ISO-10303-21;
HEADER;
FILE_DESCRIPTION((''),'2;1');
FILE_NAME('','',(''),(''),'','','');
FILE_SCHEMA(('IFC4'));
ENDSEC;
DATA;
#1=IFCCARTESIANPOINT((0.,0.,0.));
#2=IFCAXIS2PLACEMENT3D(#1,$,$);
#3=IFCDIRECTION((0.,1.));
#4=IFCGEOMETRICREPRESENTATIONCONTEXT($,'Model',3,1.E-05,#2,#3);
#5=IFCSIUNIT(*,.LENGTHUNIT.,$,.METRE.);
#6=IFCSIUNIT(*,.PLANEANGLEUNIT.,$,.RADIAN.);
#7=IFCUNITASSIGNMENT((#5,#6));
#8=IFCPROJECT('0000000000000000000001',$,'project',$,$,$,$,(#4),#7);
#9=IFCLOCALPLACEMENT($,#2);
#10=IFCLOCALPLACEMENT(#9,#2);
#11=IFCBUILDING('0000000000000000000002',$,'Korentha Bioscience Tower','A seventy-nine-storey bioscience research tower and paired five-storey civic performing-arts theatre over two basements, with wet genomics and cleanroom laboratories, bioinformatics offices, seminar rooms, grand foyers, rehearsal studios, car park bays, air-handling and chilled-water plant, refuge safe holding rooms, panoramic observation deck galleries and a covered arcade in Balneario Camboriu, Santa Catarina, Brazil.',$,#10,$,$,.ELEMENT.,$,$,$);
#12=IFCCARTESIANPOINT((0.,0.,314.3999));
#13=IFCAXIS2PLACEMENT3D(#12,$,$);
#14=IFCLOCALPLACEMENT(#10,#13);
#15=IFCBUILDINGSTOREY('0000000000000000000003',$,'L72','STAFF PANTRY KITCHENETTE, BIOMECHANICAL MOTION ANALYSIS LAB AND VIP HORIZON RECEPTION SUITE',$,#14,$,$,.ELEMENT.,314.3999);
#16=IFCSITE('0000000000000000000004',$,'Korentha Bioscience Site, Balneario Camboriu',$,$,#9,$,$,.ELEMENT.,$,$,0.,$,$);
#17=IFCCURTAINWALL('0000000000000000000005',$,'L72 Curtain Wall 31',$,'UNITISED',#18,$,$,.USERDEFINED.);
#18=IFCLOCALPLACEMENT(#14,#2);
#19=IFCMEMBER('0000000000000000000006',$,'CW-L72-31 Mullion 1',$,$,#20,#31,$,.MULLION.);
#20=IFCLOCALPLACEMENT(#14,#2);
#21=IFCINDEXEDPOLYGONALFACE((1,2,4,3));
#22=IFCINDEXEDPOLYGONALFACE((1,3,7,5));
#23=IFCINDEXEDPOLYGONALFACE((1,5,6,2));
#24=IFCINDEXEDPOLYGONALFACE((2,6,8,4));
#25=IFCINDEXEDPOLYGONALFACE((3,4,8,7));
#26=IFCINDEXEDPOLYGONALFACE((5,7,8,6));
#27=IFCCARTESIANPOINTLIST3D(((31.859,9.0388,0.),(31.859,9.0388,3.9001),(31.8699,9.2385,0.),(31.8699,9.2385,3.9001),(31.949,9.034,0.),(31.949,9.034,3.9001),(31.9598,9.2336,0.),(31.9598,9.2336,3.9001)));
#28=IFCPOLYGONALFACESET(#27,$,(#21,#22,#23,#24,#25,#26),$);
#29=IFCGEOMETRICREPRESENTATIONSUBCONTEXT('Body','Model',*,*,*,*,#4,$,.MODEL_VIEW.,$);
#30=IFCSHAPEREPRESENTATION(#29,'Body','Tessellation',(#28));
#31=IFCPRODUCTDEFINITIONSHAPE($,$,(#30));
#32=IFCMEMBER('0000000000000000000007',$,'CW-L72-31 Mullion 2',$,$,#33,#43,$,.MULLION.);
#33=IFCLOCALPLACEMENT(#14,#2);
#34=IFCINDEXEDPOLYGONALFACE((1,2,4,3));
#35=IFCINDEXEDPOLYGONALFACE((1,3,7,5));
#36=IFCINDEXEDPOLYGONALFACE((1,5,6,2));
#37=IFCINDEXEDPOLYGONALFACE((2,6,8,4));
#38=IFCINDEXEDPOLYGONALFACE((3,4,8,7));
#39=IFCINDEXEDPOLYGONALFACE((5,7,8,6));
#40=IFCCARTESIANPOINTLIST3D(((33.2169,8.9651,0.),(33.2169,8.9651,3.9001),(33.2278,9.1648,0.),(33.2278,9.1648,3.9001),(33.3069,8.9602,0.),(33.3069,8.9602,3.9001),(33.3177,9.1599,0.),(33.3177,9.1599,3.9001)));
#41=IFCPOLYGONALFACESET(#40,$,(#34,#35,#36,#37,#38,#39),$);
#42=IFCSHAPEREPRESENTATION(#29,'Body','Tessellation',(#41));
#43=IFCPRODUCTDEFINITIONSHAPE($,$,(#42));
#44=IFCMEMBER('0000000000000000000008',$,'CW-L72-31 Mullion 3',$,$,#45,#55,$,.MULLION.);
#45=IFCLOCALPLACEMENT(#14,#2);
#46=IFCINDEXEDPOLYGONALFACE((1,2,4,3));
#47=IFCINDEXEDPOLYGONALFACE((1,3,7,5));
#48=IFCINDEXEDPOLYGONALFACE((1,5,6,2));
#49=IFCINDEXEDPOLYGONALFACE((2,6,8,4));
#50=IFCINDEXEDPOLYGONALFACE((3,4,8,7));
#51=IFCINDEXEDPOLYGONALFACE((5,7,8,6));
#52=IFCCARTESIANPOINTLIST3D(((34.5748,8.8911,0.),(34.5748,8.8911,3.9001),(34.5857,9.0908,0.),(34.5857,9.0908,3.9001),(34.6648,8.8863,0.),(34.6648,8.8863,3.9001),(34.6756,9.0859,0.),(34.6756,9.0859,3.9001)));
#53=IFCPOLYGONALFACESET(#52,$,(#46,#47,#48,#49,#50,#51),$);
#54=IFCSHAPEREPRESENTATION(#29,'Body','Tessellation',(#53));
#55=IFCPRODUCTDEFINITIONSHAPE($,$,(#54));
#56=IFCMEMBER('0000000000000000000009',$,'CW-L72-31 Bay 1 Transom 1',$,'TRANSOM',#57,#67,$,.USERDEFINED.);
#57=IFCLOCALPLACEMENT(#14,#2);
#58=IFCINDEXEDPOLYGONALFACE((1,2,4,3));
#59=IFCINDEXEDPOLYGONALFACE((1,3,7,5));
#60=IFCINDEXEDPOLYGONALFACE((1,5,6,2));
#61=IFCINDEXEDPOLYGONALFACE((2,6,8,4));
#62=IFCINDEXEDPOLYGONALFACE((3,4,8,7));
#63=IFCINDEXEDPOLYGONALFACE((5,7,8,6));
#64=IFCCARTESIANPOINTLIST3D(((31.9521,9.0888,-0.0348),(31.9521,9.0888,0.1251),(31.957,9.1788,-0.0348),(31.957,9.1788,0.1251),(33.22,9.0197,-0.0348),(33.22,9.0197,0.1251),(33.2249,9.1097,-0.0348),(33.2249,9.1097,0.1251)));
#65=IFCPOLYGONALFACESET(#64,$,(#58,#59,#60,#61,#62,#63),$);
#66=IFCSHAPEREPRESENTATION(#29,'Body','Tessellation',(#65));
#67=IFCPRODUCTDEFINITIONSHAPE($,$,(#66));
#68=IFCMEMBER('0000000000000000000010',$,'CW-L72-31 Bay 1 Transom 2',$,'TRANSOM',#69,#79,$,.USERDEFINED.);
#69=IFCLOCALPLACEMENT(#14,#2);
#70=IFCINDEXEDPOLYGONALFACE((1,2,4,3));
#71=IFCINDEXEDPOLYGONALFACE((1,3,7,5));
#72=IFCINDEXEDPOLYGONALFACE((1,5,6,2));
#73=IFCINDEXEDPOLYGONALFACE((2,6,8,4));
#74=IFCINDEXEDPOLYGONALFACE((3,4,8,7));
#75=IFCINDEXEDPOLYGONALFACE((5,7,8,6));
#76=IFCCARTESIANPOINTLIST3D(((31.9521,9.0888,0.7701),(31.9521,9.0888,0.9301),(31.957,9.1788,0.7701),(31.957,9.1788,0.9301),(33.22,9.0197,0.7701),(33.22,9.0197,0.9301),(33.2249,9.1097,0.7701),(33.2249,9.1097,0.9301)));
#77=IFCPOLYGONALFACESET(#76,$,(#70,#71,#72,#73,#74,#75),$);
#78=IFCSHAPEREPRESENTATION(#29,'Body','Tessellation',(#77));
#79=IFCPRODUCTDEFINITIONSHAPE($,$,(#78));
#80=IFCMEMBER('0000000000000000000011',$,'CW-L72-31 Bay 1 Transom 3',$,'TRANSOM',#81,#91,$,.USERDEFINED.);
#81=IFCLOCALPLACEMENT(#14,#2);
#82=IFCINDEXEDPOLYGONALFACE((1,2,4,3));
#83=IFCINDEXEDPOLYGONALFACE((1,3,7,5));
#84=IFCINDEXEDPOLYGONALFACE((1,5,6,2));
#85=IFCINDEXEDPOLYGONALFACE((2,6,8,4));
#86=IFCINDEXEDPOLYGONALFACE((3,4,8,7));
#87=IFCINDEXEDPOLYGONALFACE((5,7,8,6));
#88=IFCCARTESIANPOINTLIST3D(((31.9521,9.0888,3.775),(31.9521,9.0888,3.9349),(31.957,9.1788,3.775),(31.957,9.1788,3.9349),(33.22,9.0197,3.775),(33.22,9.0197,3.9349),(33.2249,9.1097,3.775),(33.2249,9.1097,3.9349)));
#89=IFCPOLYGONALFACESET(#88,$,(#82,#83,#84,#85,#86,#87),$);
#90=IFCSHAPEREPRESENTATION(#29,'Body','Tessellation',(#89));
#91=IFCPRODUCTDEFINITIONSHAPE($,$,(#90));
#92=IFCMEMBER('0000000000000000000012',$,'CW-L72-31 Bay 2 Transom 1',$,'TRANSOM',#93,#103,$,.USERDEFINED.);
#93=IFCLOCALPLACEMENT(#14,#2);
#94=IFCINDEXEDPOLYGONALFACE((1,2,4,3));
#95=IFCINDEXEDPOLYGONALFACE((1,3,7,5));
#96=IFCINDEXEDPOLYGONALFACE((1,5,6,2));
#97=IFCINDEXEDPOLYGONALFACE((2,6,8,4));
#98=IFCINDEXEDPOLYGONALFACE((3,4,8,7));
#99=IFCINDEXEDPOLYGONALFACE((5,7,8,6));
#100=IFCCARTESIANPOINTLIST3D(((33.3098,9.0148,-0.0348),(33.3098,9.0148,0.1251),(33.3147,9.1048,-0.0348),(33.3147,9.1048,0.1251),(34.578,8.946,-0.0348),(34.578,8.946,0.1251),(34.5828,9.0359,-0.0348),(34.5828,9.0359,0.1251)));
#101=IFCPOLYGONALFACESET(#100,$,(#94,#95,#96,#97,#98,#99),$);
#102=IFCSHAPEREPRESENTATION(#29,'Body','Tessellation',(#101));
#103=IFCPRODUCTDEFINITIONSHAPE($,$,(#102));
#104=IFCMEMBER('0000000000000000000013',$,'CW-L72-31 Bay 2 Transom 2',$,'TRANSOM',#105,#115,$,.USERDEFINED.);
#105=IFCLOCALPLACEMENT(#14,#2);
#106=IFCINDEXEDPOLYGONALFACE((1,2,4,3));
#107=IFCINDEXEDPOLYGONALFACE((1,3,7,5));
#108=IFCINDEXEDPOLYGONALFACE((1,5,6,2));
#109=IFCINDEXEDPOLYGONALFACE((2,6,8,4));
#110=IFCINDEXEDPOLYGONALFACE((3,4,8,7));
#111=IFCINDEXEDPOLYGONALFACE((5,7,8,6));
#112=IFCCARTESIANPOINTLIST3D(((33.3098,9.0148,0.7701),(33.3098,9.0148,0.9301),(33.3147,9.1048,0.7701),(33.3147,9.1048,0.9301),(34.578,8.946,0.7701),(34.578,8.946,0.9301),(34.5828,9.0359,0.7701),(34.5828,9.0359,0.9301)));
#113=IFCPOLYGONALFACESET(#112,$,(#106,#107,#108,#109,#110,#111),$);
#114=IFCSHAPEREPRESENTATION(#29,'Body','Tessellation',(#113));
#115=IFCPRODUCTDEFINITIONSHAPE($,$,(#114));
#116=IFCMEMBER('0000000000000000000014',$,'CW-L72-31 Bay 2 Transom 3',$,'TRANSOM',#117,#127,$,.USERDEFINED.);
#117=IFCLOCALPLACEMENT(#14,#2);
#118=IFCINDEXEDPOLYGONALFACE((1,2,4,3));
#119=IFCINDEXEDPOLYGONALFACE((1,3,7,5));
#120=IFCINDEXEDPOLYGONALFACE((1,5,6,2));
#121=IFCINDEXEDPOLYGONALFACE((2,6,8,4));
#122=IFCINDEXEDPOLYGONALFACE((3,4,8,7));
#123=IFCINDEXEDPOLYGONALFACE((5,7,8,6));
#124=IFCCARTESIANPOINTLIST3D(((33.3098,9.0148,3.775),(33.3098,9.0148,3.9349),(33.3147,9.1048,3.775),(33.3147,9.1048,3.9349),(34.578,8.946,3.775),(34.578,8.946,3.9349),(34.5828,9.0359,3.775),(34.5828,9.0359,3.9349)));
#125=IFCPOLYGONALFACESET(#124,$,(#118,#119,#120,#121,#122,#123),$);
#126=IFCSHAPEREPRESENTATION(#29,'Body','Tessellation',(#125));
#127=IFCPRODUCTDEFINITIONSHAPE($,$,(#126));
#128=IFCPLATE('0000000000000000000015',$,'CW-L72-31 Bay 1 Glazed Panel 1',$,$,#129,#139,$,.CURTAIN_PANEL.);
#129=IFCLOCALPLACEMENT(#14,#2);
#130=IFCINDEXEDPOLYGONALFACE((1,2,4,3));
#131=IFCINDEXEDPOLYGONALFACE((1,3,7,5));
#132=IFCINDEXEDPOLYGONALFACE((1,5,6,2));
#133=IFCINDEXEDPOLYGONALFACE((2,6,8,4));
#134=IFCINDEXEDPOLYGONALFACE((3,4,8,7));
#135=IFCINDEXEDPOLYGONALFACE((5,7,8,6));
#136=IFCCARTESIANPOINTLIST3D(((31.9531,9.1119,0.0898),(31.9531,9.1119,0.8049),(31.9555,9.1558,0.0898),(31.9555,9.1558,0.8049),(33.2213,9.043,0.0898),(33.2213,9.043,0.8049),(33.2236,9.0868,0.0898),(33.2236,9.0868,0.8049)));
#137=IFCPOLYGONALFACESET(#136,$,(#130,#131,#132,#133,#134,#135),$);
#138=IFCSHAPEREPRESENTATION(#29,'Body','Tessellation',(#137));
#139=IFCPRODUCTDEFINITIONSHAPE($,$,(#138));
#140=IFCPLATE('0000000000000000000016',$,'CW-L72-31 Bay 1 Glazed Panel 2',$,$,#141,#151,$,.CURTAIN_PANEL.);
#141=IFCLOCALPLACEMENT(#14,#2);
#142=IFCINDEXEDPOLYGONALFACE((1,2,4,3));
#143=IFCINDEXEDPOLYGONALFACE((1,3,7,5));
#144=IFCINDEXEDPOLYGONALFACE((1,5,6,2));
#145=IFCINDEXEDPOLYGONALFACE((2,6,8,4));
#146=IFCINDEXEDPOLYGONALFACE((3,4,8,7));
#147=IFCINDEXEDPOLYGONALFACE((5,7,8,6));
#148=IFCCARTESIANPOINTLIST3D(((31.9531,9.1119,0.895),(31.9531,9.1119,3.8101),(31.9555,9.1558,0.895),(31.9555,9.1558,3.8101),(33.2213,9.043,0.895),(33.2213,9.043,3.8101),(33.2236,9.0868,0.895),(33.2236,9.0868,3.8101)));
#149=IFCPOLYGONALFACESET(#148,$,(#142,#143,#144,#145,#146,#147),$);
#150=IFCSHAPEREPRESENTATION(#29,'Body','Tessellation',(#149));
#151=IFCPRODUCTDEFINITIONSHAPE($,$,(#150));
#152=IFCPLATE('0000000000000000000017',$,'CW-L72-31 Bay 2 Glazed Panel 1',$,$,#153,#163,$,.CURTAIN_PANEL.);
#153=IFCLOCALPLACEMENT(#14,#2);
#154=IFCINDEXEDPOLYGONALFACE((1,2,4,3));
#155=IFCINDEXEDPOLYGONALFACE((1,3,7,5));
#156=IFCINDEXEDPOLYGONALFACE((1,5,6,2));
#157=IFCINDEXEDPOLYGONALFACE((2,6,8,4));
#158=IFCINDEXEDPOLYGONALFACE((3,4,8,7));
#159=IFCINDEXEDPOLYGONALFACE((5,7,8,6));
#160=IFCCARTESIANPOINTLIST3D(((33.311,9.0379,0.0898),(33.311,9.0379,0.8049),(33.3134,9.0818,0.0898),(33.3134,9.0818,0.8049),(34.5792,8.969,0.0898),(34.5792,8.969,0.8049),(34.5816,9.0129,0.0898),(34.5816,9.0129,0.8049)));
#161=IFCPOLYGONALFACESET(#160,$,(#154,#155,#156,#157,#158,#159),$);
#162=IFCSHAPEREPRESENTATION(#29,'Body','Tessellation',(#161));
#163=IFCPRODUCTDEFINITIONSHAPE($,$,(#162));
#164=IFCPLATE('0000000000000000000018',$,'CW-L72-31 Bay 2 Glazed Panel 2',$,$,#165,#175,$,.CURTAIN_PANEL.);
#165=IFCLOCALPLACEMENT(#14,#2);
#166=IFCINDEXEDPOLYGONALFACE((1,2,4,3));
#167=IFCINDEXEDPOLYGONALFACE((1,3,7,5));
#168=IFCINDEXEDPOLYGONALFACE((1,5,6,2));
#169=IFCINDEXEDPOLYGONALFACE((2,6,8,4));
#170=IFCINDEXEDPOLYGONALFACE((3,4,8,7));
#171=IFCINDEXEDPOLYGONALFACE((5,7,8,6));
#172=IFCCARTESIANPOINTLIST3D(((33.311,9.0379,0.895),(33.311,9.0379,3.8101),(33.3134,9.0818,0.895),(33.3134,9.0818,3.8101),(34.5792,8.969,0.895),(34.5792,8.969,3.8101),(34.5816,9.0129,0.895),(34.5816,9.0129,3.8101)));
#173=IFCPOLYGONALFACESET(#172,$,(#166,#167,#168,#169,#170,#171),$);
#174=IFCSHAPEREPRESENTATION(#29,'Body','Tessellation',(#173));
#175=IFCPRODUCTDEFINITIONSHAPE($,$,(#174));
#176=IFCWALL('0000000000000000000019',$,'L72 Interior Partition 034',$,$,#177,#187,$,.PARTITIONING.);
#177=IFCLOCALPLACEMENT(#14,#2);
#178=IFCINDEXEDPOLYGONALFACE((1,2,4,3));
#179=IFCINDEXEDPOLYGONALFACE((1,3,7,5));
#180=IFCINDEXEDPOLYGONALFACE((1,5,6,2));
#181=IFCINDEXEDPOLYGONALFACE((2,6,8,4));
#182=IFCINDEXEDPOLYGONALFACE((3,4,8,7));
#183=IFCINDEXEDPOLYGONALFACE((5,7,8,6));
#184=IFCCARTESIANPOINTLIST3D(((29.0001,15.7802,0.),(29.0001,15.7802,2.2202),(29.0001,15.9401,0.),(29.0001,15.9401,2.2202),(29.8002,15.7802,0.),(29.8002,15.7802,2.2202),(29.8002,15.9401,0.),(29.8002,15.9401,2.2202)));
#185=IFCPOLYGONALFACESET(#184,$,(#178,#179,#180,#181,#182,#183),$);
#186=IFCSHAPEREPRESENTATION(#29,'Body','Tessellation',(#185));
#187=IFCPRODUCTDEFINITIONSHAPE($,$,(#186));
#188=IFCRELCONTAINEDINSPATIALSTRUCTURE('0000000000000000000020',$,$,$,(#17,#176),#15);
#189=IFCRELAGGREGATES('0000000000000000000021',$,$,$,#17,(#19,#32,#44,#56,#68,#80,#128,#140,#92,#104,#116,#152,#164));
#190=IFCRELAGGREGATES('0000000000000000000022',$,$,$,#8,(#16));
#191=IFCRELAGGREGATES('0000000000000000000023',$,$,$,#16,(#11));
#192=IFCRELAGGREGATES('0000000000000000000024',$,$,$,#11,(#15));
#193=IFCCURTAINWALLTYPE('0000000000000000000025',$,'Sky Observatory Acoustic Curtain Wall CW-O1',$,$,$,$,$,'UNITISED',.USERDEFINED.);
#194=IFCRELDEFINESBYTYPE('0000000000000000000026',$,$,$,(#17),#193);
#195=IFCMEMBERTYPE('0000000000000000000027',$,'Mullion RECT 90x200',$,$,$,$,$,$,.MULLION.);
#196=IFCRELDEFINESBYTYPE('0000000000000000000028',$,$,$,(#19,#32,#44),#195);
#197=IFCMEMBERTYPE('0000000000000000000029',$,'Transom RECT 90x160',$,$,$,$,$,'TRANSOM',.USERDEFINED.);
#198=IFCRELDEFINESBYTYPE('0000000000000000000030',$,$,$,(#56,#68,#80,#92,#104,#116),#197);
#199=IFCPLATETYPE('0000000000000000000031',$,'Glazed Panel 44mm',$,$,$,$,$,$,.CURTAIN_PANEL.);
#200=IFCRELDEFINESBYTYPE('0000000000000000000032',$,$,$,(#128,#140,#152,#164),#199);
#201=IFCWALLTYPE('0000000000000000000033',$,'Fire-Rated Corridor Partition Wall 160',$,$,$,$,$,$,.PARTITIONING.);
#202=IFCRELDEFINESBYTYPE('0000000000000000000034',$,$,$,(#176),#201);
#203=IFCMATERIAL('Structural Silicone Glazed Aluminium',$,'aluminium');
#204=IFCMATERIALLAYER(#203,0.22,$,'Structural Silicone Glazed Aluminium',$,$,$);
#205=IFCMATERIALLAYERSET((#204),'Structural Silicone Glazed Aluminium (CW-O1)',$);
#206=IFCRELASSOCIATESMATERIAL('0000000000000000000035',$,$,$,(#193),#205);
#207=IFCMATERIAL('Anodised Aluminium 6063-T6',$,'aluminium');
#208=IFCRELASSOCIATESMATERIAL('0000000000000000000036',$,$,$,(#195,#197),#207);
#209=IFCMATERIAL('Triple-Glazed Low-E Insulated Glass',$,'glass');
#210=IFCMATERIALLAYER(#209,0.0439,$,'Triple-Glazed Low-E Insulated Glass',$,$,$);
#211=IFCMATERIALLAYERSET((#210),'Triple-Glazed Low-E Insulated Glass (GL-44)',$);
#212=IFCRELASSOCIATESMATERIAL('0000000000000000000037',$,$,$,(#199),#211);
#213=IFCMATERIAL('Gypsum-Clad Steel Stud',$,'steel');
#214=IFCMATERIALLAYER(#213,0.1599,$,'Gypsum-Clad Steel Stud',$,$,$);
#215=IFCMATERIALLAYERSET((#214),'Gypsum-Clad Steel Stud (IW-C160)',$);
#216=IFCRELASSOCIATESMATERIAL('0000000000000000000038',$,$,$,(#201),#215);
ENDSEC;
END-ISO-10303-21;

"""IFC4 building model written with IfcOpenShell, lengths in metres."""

from ifc_helpers import new_model, si_unit, direction, frame, frame_2d, origin, origin_2d, place, context, subcontext, project, spatial, rectangle, extrude, material, layer, layer_set, material_profile, profile_set, type_object, element, aggregate, save


model = new_model("IFC4")

# Units and contexts
model_context = context("Model", 3, precision=1e-05, world=origin(), true_north=direction((0.0, 1.0)))
body_context = subcontext(model_context, "Body", "Model", "MODEL_VIEW")
ifc_project = project(units=[si_unit("LENGTHUNIT", "METRE"), si_unit("PLANEANGLEUNIT", "RADIAN")], contexts=[model_context])

# Site, building, storey
site_placement = place(None, origin())
site = spatial("IfcSite", under=ifc_project, at=site_placement, Name="Korentha Bioscience Site, Balneario Camboriu", CompositionType="ELEMENT", RefElevation=0.0)
building_placement = place(site_placement, origin())
building = spatial("IfcBuilding", under=site, at=building_placement, Name="Korentha Bioscience Tower", Description="A seventy-nine-storey bioscience research tower and paired five-storey civic performing-arts theatre over two basements, with wet genomics and cleanroom laboratories, bioinformatics offices, seminar rooms, grand foyers, rehearsal studios, car park bays, air-handling and chilled-water plant, refuge safe holding rooms, panoramic observation deck galleries and a covered arcade in Balneario Camboriu, Santa Catarina, Brazil.", CompositionType="ELEMENT")
storey_placement = place(building_placement, frame((0.0, 0.0, 314.3999)))
storey = spatial("IfcBuildingStorey", under=building, at=storey_placement, Name="L72", Description="STAFF PANTRY KITCHENETTE, BIOMECHANICAL MOTION ANALYSIS LAB AND VIP HORIZON RECEPTION SUITE", CompositionType="ELEMENT", Elevation=314.3999)

# Curtain wall, members, plates
ifc_material_1 = material(Name="Structural Silicone Glazed Aluminium", Category="aluminium")
ifc_layer_1 = layer(ifc_material_1, 0.22, Name="Structural Silicone Glazed Aluminium")
ifc_layer_set_1 = layer_set([ifc_layer_1], Name="Structural Silicone Glazed Aluminium (CW-O1)")
curtain_wall_type = type_object("IfcCurtainWallType", Name="Sky Observatory Acoustic Curtain Wall CW-O1", ElementType="UNITISED", PredefinedType="USERDEFINED", material=ifc_layer_set_1)
curtain_wall_placement = place(storey_placement, origin())
curtain_wall = element("IfcCurtainWall", 1, at=curtain_wall_placement, inside=storey, type_object=curtain_wall_type, Name="L72 Curtain Wall 31", ObjectType="UNITISED", PredefinedType="USERDEFINED")
ifc_material_2 = material(Name="Anodised Aluminium 6063-T6", Category="aluminium")
ifc_material_profile_1 = material_profile(ifc_material_2, rectangle(XDim=0.0901, YDim=0.2, at=origin_2d()), Name="Anodised Aluminium 6063-T6")
ifc_profile_set_1 = profile_set([ifc_material_profile_1], Name="Anodised Aluminium 6063-T6 (CW-MUL)")
member_type_1 = type_object("IfcMemberType", Name="Mullion RECT 90x200", PredefinedType="MULLION", material=ifc_profile_set_1)
member_1_placement = place(storey_placement, frame((31.9094, 9.1362, 0.0), z_axis=(0.0, 0.0, 1.0), x_axis=(0.998526, -0.054275, 0.0)))
member_1 = element("IfcMember", 2, at=member_1_placement, type_object=member_type_1, Name="CW-L72-31 Mullion 1", PredefinedType="MULLION", context=body_context, shape_type="SweptSolid", body=[
    extrude(rectangle(XDim=0.0901, YDim=0.2, at=origin_2d()), origin(), (0.0, 0.0, 1.0), 3.9001),
])
member_2_placement = place(storey_placement, frame((33.2673, 9.0625, 0.0), z_axis=(0.0, 0.0, 1.0), x_axis=(0.998526, -0.054275, 0.0)))
member_2 = element("IfcMember", 3, at=member_2_placement, type_object=member_type_1, Name="CW-L72-31 Mullion 2", PredefinedType="MULLION", context=body_context, shape_type="SweptSolid", body=[
    extrude(rectangle(XDim=0.0901, YDim=0.2, at=origin_2d()), origin(), (0.0, 0.0, 1.0), 3.9001),
])
member_3_placement = place(storey_placement, frame((34.6252, 8.9885, 0.0), z_axis=(0.0, 0.0, 1.0), x_axis=(0.998526, -0.054275, 0.0)))
member_3 = element("IfcMember", 4, at=member_3_placement, type_object=member_type_1, Name="CW-L72-31 Mullion 3", PredefinedType="MULLION", context=body_context, shape_type="SweptSolid", body=[
    extrude(rectangle(XDim=0.0901, YDim=0.2, at=origin_2d()), origin(), (0.0, 0.0, 1.0), 3.9001),
])
ifc_material_profile_2 = material_profile(ifc_material_2, rectangle(XDim=0.0901, YDim=0.1599, at=origin_2d()), Name="Anodised Aluminium 6063-T6")
ifc_profile_set_2 = profile_set([ifc_material_profile_2], Name="Anodised Aluminium 6063-T6 (CW-TRN)")
member_type_2 = type_object("IfcMemberType", Name="Transom RECT 90x160", ElementType="TRANSOM", PredefinedType="USERDEFINED", material=ifc_profile_set_2)
member_4_placement = place(storey_placement, frame((31.9546, 9.1338, 0.0452), z_axis=(0.998518, -0.054416, 0.0), x_axis=(0.054416, 0.998518, 0.0)))
member_4 = element("IfcMember", 5, at=member_4_placement, type_object=member_type_2, Name="CW-L72-31 Bay 1 Transom 1", ObjectType="TRANSOM", PredefinedType="USERDEFINED", context=body_context, shape_type="SweptSolid", body=[
    extrude(rectangle(XDim=0.0901, YDim=0.1599, at=origin_2d()), origin(), (0.0, 0.0, 1.0), 1.2698),
])
member_5_placement = place(storey_placement, frame((31.9546, 9.1338, 0.8501), z_axis=(0.998518, -0.054416, 0.0), x_axis=(0.054416, 0.998518, 0.0)))
member_5 = element("IfcMember", 6, at=member_5_placement, type_object=member_type_2, Name="CW-L72-31 Bay 1 Transom 2", ObjectType="TRANSOM", PredefinedType="USERDEFINED", context=body_context, shape_type="SweptSolid", body=[
    extrude(rectangle(XDim=0.0901, YDim=0.1599, at=origin_2d()), origin(), (0.0, 0.0, 1.0), 1.2698),
])
member_6_placement = place(storey_placement, frame((31.9546, 9.1338, 3.855), z_axis=(0.998518, -0.054416, 0.0), x_axis=(0.054416, 0.998518, 0.0)))
member_6 = element("IfcMember", 7, at=member_6_placement, type_object=member_type_2, Name="CW-L72-31 Bay 1 Transom 3", ObjectType="TRANSOM", PredefinedType="USERDEFINED", context=body_context, shape_type="SweptSolid", body=[
    extrude(rectangle(XDim=0.0901, YDim=0.1599, at=origin_2d()), origin(), (0.0, 0.0, 1.0), 1.2698),
])
member_7_placement = place(storey_placement, frame((33.3123, 9.0598, 0.0452), z_axis=(0.998529, -0.054214, 0.0), x_axis=(0.054214, 0.998529, 0.0)))
member_7 = element("IfcMember", 8, at=member_7_placement, type_object=member_type_2, Name="CW-L72-31 Bay 2 Transom 1", ObjectType="TRANSOM", PredefinedType="USERDEFINED", context=body_context, shape_type="SweptSolid", body=[
    extrude(rectangle(XDim=0.0901, YDim=0.1599, at=origin_2d()), origin(), (0.0, 0.0, 1.0), 1.27),
])
member_8_placement = place(storey_placement, frame((33.3123, 9.0598, 0.8501), z_axis=(0.998529, -0.054214, 0.0), x_axis=(0.054214, 0.998529, 0.0)))
member_8 = element("IfcMember", 9, at=member_8_placement, type_object=member_type_2, Name="CW-L72-31 Bay 2 Transom 2", ObjectType="TRANSOM", PredefinedType="USERDEFINED", context=body_context, shape_type="SweptSolid", body=[
    extrude(rectangle(XDim=0.0901, YDim=0.1599, at=origin_2d()), origin(), (0.0, 0.0, 1.0), 1.27),
])
member_9_placement = place(storey_placement, frame((33.3123, 9.0598, 3.855), z_axis=(0.998529, -0.054214, 0.0), x_axis=(0.054214, 0.998529, 0.0)))
member_9 = element("IfcMember", 10, at=member_9_placement, type_object=member_type_2, Name="CW-L72-31 Bay 2 Transom 3", ObjectType="TRANSOM", PredefinedType="USERDEFINED", context=body_context, shape_type="SweptSolid", body=[
    extrude(rectangle(XDim=0.0901, YDim=0.1599, at=origin_2d()), origin(), (0.0, 0.0, 1.0), 1.27),
])
ifc_material_3 = material(Name="Triple-Glazed Low-E Insulated Glass", Category="glass")
ifc_layer_2 = layer(ifc_material_3, 0.0439, Name="Triple-Glazed Low-E Insulated Glass")
ifc_layer_set_2 = layer_set([ifc_layer_2], Name="Triple-Glazed Low-E Insulated Glass (GL-44)")
plate_type = type_object("IfcPlateType", Name="Glazed Panel 44mm", PredefinedType="CURTAIN_PANEL", material=ifc_layer_set_2)
plate_1_placement = place(storey_placement, frame((32.5884, 9.0994, 0.0898), z_axis=(0.0, 0.0, 1.0), x_axis=(0.998526, -0.054275, 0.0)))
plate_1 = element("IfcPlate", 11, at=plate_1_placement, type_object=plate_type, Name="CW-L72-31 Bay 1 Glazed Panel 1", PredefinedType="CURTAIN_PANEL", context=body_context, shape_type="SweptSolid", body=[
    extrude(rectangle(XDim=1.27, YDim=0.0439, at=origin_2d()), origin(), (0.0, 0.0, 1.0), 0.7151),
])
plate_2_placement = place(storey_placement, frame((32.5884, 9.0994, 0.895), z_axis=(0.0, 0.0, 1.0), x_axis=(0.998526, -0.054275, 0.0)))
plate_2 = element("IfcPlate", 12, at=plate_2_placement, type_object=plate_type, Name="CW-L72-31 Bay 1 Glazed Panel 2", PredefinedType="CURTAIN_PANEL", context=body_context, shape_type="SweptSolid", body=[
    extrude(rectangle(XDim=1.27, YDim=0.0439, at=origin_2d()), origin(), (0.0, 0.0, 1.0), 2.915),
])
plate_3_placement = place(storey_placement, frame((33.9463, 9.0254, 0.0898), z_axis=(0.0, 0.0, 1.0), x_axis=(0.998526, -0.054275, 0.0)))
plate_3 = element("IfcPlate", 13, at=plate_3_placement, type_object=plate_type, Name="CW-L72-31 Bay 2 Glazed Panel 1", PredefinedType="CURTAIN_PANEL", context=body_context, shape_type="SweptSolid", body=[
    extrude(rectangle(XDim=1.27, YDim=0.0439, at=origin_2d()), origin(), (0.0, 0.0, 1.0), 0.7151),
])
plate_4_placement = place(storey_placement, frame((33.9463, 9.0254, 0.895), z_axis=(0.0, 0.0, 1.0), x_axis=(0.998526, -0.054275, 0.0)))
plate_4 = element("IfcPlate", 14, at=plate_4_placement, type_object=plate_type, Name="CW-L72-31 Bay 2 Glazed Panel 2", PredefinedType="CURTAIN_PANEL", context=body_context, shape_type="SweptSolid", body=[
    extrude(rectangle(XDim=1.27, YDim=0.0439, at=origin_2d()), origin(), (0.0, 0.0, 1.0), 2.915),
])
aggregate(curtain_wall, [member_1, member_2, member_3, member_4, member_5, member_6, plate_1, plate_2, member_7, member_8, member_9, plate_3, plate_4])

# Shared definitions
ifc_material_4 = material(Name="Gypsum-Clad Steel Stud", Category="steel")
ifc_layer_3 = layer(ifc_material_4, 0.1599, Name="Gypsum-Clad Steel Stud")
ifc_layer_set_3 = layer_set([ifc_layer_3], Name="Gypsum-Clad Steel Stud (IW-C160)")
wall_type_1 = type_object("IfcWallType", Name="Fire-Rated Corridor Partition Wall 160", PredefinedType="PARTITIONING", material=ifc_layer_set_3)

# Wall
wall_1_placement = place(storey_placement, frame((29.8, 15.8601, 0.0), z_axis=(0.0, 0.0, 1.0), x_axis=(-1.0, 0.0, 0.0)))
element("IfcWall", 15, at=wall_1_placement, inside=storey, type_object=wall_type_1, Name="L72 Interior Partition 034", PredefinedType="PARTITIONING", context=body_context, shape_type="SweptSolid", body=[
    extrude(rectangle(XDim=0.8, YDim=0.1599, at=frame_2d((0.3999, 0.0))), origin(), (0.0, 0.0, 1.0), 2.2202),
])

save(model, "model.ifc")
